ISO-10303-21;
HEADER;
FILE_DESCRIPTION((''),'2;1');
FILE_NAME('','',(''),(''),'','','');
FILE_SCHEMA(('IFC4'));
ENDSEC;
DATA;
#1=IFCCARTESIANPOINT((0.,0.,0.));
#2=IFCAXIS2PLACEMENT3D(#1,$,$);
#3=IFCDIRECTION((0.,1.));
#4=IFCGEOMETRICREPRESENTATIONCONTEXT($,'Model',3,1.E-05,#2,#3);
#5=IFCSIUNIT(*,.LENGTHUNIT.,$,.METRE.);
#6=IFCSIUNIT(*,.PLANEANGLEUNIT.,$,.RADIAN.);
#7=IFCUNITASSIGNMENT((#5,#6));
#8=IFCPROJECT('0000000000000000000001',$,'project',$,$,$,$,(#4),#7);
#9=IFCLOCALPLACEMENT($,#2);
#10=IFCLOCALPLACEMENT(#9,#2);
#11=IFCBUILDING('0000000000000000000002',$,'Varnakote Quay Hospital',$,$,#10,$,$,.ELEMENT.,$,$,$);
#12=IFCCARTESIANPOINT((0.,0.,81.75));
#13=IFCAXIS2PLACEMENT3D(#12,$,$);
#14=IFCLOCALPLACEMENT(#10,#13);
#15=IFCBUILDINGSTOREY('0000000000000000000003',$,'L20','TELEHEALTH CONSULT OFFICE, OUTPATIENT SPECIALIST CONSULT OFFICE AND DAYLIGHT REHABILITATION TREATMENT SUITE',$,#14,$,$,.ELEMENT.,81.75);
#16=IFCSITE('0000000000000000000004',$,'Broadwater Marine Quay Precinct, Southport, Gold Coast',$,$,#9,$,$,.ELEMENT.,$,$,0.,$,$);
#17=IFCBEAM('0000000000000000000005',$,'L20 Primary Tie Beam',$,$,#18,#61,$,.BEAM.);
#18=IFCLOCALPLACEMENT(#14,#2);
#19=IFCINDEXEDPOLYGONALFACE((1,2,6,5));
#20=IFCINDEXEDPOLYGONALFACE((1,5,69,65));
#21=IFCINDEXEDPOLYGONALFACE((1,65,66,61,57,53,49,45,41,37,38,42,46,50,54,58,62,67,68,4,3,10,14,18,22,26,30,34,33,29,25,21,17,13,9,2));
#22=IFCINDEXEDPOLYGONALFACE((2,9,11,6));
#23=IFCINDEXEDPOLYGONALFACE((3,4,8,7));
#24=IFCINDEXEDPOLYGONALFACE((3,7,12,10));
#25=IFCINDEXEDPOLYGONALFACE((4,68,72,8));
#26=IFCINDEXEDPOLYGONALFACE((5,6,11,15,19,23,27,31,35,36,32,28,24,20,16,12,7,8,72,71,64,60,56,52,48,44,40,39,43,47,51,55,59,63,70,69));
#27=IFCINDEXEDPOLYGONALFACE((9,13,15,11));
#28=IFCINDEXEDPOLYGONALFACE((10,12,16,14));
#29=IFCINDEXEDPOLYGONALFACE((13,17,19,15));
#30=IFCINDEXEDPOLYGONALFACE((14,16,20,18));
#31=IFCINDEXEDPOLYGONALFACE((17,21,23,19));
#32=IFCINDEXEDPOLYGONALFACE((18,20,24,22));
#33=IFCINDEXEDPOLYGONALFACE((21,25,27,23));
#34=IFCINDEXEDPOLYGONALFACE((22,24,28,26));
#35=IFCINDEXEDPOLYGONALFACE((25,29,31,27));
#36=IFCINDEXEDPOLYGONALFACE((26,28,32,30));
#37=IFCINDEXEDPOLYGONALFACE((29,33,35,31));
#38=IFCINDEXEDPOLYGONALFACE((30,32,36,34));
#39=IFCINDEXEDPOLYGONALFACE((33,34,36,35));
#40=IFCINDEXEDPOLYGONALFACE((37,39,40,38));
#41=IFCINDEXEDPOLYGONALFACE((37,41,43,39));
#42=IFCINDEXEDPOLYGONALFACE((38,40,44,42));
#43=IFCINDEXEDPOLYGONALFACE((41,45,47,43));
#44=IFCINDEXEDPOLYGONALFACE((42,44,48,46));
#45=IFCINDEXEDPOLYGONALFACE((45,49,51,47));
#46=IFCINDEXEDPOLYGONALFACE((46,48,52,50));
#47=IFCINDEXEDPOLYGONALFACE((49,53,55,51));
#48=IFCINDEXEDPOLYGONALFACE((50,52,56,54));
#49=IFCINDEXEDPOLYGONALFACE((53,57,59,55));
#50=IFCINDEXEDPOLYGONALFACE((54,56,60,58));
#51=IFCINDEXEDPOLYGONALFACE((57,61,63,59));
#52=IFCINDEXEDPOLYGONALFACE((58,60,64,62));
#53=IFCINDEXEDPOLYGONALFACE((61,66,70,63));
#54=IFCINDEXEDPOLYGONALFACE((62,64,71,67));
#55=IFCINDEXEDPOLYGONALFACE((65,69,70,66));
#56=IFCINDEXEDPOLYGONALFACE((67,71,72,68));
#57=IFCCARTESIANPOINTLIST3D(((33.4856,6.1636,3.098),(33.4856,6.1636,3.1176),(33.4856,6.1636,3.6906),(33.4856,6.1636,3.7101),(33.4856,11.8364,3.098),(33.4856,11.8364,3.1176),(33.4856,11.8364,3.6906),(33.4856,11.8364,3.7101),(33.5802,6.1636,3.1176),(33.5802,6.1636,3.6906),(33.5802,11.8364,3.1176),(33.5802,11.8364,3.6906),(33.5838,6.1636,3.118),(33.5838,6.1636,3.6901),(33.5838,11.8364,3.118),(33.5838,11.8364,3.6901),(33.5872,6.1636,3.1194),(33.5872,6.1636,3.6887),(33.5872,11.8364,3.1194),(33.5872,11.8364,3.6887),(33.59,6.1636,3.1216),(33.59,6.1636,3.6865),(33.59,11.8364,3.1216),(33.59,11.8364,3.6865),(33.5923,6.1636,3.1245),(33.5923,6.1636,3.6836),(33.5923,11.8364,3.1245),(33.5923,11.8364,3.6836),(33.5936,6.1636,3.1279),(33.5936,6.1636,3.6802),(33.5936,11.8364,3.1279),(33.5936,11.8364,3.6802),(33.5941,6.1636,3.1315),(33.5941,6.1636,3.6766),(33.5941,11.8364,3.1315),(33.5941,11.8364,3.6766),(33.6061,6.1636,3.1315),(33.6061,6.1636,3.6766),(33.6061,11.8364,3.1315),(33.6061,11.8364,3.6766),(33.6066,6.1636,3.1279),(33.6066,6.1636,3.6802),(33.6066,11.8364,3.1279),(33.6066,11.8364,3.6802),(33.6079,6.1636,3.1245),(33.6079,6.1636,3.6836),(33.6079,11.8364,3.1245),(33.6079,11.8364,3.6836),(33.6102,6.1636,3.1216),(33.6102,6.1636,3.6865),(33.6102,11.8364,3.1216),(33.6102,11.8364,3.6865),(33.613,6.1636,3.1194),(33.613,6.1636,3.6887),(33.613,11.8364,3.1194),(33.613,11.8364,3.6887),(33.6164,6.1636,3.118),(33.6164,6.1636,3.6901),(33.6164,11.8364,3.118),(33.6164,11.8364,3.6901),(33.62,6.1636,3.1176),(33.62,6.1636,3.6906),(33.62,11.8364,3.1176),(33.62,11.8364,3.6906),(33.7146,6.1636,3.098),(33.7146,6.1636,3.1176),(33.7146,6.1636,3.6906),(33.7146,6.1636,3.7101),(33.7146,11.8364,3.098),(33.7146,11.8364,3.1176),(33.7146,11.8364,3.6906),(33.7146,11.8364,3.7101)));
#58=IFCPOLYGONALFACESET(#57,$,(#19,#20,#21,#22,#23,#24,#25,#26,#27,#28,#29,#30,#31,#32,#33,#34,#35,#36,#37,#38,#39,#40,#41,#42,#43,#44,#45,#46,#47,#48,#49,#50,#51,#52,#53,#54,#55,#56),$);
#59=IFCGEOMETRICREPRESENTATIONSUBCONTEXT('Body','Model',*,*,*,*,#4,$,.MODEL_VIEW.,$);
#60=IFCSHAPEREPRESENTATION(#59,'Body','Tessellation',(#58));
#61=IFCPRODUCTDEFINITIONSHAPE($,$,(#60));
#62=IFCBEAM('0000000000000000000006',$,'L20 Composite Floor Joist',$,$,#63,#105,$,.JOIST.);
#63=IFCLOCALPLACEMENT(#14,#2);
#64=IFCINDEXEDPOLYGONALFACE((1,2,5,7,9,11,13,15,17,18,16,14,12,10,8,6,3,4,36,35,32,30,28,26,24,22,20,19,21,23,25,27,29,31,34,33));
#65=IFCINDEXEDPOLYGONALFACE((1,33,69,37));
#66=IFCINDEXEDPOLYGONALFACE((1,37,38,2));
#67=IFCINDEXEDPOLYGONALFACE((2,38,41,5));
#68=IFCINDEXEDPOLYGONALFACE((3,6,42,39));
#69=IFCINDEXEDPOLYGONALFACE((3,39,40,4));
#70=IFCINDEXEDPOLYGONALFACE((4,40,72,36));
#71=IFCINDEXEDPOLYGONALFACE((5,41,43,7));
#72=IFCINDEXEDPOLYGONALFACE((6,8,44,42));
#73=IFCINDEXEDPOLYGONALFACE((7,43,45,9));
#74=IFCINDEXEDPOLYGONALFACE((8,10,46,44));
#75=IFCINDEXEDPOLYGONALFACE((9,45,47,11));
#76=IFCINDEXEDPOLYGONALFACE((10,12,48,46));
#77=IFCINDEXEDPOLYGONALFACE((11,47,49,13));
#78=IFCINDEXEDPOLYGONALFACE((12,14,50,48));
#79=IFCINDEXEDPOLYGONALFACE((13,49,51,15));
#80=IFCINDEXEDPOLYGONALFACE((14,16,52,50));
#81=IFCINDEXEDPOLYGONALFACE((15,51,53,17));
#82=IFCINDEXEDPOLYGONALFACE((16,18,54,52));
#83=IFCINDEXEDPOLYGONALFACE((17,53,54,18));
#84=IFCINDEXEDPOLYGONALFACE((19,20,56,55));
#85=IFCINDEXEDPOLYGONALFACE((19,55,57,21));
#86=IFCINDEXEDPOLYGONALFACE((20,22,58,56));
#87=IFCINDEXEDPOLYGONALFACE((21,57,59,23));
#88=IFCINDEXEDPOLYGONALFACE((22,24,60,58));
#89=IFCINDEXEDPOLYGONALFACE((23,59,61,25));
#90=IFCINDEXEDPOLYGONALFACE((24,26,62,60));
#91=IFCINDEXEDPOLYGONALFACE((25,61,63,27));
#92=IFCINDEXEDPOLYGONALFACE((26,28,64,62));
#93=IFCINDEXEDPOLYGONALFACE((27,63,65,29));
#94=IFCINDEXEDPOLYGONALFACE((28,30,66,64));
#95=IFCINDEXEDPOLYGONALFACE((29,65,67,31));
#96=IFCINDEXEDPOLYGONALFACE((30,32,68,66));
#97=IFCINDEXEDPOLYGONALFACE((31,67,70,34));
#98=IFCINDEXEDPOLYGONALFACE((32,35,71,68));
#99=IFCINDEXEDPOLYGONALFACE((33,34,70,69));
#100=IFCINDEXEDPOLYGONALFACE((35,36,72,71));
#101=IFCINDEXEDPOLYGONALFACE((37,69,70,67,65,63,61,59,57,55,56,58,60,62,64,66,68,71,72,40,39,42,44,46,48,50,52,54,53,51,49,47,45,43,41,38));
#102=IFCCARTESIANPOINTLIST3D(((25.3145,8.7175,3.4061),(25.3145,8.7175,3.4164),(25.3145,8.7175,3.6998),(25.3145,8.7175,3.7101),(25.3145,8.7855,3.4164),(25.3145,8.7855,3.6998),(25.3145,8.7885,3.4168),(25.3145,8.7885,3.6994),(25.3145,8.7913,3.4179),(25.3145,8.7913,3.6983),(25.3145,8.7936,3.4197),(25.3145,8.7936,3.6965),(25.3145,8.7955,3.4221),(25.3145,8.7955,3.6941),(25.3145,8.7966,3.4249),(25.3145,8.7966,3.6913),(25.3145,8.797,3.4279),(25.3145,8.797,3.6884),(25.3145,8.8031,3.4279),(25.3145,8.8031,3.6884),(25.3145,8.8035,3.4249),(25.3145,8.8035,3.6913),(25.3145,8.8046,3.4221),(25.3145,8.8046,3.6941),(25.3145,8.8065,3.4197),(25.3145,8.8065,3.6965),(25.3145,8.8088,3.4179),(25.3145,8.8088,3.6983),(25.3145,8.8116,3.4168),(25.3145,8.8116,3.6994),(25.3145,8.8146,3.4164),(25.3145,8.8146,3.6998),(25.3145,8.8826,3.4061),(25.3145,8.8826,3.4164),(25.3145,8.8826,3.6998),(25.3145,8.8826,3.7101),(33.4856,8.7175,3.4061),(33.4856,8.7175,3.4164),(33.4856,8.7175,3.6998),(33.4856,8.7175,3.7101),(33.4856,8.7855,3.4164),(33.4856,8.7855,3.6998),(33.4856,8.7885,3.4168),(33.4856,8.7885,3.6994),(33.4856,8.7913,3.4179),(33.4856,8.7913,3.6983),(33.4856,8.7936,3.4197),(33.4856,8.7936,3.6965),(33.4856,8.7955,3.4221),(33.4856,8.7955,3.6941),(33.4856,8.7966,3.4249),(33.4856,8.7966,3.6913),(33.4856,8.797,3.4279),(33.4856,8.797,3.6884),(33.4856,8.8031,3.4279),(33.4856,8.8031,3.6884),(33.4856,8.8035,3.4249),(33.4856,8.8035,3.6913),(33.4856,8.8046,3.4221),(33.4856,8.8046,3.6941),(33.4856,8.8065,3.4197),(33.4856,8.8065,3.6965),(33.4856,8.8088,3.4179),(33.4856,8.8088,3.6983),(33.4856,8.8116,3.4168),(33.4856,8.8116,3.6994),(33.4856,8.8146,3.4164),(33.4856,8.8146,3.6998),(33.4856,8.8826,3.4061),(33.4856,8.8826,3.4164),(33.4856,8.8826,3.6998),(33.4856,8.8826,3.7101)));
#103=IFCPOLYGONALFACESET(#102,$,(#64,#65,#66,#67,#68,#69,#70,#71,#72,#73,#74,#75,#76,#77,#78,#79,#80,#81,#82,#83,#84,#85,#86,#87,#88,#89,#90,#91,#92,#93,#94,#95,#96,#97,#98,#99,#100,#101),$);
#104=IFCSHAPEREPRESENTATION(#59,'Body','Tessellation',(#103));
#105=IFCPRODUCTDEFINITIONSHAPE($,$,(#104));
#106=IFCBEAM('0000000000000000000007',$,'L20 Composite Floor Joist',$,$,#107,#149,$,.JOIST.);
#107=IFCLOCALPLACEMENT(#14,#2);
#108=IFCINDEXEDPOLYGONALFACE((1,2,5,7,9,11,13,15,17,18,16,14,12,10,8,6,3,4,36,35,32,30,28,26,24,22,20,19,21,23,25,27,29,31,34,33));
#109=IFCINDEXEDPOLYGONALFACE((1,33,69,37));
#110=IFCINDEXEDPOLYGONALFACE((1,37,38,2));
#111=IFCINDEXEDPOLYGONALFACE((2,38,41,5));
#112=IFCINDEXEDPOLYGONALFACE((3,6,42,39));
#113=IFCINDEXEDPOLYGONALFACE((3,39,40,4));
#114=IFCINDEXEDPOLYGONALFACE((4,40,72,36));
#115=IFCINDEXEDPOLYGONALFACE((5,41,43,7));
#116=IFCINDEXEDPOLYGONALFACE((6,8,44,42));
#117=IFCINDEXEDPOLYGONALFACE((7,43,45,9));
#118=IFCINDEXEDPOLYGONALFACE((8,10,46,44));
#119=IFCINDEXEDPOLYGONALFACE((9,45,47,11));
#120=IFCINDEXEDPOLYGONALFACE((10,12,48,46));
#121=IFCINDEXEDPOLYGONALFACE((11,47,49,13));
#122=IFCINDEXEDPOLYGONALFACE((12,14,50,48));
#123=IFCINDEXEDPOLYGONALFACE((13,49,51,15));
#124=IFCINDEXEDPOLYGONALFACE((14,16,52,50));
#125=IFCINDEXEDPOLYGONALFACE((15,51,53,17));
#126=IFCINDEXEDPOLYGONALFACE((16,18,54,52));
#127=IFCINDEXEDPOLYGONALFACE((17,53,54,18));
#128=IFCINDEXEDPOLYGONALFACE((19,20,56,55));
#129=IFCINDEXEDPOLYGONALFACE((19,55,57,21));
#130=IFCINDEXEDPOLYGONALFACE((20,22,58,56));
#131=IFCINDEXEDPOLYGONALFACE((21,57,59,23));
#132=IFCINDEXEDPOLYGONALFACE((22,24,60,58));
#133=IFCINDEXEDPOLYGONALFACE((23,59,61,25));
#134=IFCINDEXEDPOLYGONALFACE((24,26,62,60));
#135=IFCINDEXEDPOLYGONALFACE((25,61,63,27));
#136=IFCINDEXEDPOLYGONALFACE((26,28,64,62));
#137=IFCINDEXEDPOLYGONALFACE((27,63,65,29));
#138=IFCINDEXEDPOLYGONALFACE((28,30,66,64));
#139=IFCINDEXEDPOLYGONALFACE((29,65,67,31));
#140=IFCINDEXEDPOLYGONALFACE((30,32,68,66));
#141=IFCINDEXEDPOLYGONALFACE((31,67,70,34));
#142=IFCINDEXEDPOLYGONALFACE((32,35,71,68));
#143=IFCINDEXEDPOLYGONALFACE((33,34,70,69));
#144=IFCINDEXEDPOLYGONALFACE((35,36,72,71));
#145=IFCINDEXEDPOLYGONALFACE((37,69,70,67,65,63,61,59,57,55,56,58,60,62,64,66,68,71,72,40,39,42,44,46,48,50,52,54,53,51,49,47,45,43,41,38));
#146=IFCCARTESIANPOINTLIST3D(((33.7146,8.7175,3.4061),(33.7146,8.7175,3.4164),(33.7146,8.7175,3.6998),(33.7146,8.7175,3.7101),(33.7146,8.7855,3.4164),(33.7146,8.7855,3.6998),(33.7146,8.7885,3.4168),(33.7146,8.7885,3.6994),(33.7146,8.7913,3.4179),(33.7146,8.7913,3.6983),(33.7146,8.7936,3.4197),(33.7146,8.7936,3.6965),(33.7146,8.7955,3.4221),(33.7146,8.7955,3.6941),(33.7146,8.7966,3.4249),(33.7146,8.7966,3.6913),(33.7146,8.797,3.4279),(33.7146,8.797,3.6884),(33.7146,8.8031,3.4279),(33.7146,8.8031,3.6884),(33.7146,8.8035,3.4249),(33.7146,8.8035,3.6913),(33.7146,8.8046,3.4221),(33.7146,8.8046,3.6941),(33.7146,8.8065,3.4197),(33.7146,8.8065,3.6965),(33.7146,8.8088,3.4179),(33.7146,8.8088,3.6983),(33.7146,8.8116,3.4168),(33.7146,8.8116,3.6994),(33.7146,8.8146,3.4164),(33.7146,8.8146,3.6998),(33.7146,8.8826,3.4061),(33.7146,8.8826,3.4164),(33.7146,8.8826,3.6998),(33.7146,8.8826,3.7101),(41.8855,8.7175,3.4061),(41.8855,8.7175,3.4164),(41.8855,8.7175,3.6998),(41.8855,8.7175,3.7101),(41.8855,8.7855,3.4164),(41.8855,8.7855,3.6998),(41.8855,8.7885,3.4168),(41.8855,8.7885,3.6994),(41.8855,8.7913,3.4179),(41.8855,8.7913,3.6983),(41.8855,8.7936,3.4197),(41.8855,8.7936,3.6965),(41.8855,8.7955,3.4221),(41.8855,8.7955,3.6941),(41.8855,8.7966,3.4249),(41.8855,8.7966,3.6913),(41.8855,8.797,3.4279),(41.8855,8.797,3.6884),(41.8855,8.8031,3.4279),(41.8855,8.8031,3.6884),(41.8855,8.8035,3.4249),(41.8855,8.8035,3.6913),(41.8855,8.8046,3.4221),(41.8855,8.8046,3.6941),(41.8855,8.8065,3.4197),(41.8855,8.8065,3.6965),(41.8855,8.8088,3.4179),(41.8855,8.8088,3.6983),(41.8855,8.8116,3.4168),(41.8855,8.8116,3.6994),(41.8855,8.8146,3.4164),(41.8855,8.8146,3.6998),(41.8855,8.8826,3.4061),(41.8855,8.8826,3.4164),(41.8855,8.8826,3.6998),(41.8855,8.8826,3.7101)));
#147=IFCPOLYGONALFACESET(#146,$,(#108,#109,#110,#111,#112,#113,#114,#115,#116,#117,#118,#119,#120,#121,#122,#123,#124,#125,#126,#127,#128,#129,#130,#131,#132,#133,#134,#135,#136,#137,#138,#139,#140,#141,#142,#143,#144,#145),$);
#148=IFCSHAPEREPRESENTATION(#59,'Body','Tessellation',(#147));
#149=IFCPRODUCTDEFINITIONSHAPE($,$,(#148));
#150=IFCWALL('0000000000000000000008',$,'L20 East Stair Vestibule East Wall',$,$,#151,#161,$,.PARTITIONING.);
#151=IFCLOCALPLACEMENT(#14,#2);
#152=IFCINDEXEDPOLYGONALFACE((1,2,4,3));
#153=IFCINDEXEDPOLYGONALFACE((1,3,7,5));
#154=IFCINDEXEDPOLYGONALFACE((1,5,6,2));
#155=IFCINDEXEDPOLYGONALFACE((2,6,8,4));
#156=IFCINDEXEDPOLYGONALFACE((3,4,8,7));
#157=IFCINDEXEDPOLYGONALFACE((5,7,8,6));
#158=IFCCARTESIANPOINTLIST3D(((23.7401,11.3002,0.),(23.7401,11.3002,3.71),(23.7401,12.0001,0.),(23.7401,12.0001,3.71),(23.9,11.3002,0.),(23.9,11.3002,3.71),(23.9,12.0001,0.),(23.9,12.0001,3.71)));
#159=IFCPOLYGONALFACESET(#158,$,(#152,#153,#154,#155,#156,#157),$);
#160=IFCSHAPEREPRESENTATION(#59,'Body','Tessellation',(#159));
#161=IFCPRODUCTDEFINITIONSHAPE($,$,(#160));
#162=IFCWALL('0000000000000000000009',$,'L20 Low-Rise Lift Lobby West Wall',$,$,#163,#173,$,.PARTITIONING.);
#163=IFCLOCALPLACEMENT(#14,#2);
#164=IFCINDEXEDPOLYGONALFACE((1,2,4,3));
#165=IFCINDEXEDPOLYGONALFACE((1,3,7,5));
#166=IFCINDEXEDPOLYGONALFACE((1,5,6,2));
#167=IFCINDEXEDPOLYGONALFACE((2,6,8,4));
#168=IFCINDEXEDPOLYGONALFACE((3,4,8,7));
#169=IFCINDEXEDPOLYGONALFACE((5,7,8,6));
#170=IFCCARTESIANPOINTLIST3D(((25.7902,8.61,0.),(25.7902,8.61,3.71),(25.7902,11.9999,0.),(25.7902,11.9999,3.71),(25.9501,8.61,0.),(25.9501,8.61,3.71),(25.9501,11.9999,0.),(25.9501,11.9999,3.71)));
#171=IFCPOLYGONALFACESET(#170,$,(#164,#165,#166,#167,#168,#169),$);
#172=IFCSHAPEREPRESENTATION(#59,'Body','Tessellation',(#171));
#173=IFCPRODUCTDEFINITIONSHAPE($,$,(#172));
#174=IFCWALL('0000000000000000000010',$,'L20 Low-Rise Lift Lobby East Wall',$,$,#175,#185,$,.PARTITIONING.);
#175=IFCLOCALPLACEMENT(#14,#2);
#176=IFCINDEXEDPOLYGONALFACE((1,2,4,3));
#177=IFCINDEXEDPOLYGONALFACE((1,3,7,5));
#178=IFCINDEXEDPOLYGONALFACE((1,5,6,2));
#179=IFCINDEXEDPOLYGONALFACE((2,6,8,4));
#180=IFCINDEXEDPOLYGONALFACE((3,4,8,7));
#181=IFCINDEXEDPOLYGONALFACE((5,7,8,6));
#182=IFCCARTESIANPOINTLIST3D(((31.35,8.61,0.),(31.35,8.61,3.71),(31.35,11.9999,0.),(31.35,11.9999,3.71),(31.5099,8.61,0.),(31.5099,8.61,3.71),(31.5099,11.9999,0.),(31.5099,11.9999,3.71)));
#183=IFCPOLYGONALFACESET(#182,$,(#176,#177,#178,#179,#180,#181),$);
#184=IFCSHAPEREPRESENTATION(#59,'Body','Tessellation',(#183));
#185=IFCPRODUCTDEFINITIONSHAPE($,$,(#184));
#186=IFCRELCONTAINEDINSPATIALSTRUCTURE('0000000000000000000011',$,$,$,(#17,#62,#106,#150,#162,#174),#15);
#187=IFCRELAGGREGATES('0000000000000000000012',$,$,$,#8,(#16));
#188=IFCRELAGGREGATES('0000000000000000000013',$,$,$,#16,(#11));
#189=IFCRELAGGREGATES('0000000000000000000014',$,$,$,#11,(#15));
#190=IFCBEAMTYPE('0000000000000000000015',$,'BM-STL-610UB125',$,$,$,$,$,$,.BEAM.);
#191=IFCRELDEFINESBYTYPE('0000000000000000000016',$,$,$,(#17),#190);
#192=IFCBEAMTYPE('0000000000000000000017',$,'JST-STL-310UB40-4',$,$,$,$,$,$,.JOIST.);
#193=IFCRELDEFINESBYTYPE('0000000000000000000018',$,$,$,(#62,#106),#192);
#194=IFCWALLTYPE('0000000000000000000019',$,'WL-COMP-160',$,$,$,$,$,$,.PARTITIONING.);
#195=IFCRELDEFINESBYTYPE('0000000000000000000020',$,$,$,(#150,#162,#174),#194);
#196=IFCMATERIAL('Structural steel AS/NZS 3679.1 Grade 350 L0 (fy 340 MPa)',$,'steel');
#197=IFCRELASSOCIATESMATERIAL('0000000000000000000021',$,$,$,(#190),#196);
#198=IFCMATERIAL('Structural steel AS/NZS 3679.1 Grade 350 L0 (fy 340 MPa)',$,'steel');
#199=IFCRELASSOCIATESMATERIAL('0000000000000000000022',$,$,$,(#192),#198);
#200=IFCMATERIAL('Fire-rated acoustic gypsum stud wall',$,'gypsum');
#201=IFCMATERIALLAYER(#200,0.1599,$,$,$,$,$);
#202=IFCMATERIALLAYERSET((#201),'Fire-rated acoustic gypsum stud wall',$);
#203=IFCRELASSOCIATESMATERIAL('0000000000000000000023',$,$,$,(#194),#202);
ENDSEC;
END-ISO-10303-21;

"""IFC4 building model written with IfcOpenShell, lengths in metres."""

from ifc_helpers import new_model, si_unit, direction, frame, frame_2d, origin, origin_2d, place, context, subcontext, project, spatial, rectangle, i_section, extrude, material, layer, layer_set, material_profile, profile_set, type_object, element, save


model = new_model("IFC4")

# Units and contexts
model_context = context("Model", 3, precision=1e-05, world=origin(), true_north=direction((0.0, 1.0)))
body_context = subcontext(model_context, "Body", "Model", "MODEL_VIEW")
ifc_project = project(units=[si_unit("LENGTHUNIT", "METRE"), si_unit("PLANEANGLEUNIT", "RADIAN")], contexts=[model_context])

# Site, building, storey
site_placement = place(None, origin())
site = spatial("IfcSite", under=ifc_project, at=site_placement, Name="Broadwater Marine Quay Precinct, Southport, Gold Coast", CompositionType="ELEMENT", RefElevation=0.0)
building_placement = place(site_placement, origin())
building = spatial("IfcBuilding", under=site, at=building_placement, Name="Varnakote Quay Hospital", CompositionType="ELEMENT")
storey_placement = place(building_placement, frame((0.0, 0.0, 81.75)))
storey = spatial("IfcBuildingStorey", under=building, at=storey_placement, Name="L20", Description="TELEHEALTH CONSULT OFFICE, OUTPATIENT SPECIALIST CONSULT OFFICE AND DAYLIGHT REHABILITATION TREATMENT SUITE", CompositionType="ELEMENT", Elevation=81.75)

# Beams
ifc_material_1 = material(Name="Structural steel AS/NZS 3679.1 Grade 350 L0 (fy 340 MPa)", Category="steel")
ifc_material_profile_1 = material_profile(ifc_material_1, i_section(OverallWidth=0.229, OverallDepth=0.6121, WebThickness=0.012, FlangeThickness=0.0195, FilletRadius=0.0139, at=origin_2d()), Name="610UB125")
ifc_profile_set_1 = profile_set([ifc_material_profile_1], Name="Structural steel AS/NZS 3679.1 Grade 350 L0 (fy 340 MPa)")
beam_type_1 = type_object("IfcBeamType", Name="BM-STL-610UB125", PredefinedType="BEAM", material=ifc_profile_set_1)
for number, where, z_axis, x_axis, name in (
    (1, (33.6001, 6.1636, 3.4041), (0.0, 1.0, 0.0), (-1.0, 0.0, 0.0), "L20 Primary Tie Beam"),
):
    element("IfcBeam", number, at=place(storey_placement, frame(where, z_axis=z_axis, x_axis=x_axis)), inside=storey, type_object=beam_type_1, Name=name, PredefinedType="BEAM", context=body_context, shape_type="SweptSolid", body=[
        extrude(i_section(OverallWidth=0.229, OverallDepth=0.6121, WebThickness=0.012, FlangeThickness=0.0195, FilletRadius=0.0139, at=origin_2d()), origin(), (0.0, 0.0, 1.0), 5.6729),
    ])
ifc_material_2 = material(Name="Structural steel AS/NZS 3679.1 Grade 350 L0 (fy 340 MPa)", Category="steel")
ifc_material_profile_2 = material_profile(ifc_material_2, i_section(OverallWidth=0.165, OverallDepth=0.304, WebThickness=0.0061, FlangeThickness=0.0103, FilletRadius=0.0115, at=origin_2d()), Name="310UB40.4")
ifc_profile_set_2 = profile_set([ifc_material_profile_2], Name="Structural steel AS/NZS 3679.1 Grade 350 L0 (fy 340 MPa)")
beam_type_2 = type_object("IfcBeamType", Name="JST-STL-310UB40-4", PredefinedType="JOIST", material=ifc_profile_set_2)
beam_1_placement = place(storey_placement, frame((25.3145, 8.8, 3.5581), z_axis=(1.0, 0.0, 0.0), x_axis=(0.0, 1.0, 0.0)))
element("IfcBeam", 2, at=beam_1_placement, inside=storey, type_object=beam_type_2, Name="L20 Composite Floor Joist", PredefinedType="JOIST", context=body_context, shape_type="SweptSolid", body=[
    extrude(i_section(OverallWidth=0.165, OverallDepth=0.304, WebThickness=0.0061, FlangeThickness=0.0103, FilletRadius=0.0115, at=origin_2d()), origin(), (0.0, 0.0, 1.0), 8.1711),
])
beam_2_placement = place(storey_placement, frame((33.7146, 8.8, 3.5581), z_axis=(1.0, 0.0, 0.0), x_axis=(0.0, 1.0, 0.0)))
element("IfcBeam", 3, at=beam_2_placement, inside=storey, type_object=beam_type_2, Name="L20 Composite Floor Joist", PredefinedType="JOIST", context=body_context, shape_type="SweptSolid", body=[
    extrude(i_section(OverallWidth=0.165, OverallDepth=0.304, WebThickness=0.0061, FlangeThickness=0.0103, FilletRadius=0.0115, at=origin_2d()), origin(), (0.0, 0.0, 1.0), 8.1709),
])

# Walls
ifc_material_3 = material(Name="Fire-rated acoustic gypsum stud wall", Category="gypsum")
ifc_layer_1 = layer(ifc_material_3, 0.1599)
ifc_layer_set_1 = layer_set([ifc_layer_1], Name="Fire-rated acoustic gypsum stud wall")
wall_type_1 = type_object("IfcWallType", Name="WL-COMP-160", PredefinedType="PARTITIONING", material=ifc_layer_set_1)
wall_1_placement = place(storey_placement, frame((23.8201, 11.3, 0.0), z_axis=(0.0, 0.0, 1.0), x_axis=(0.0, 1.0, 0.0)))
element("IfcWall", 4, at=wall_1_placement, inside=storey, type_object=wall_type_1, Name="L20 East Stair Vestibule East Wall", PredefinedType="PARTITIONING", context=body_context, shape_type="SweptSolid", body=[
    extrude(rectangle(XDim=0.7, YDim=0.1599, at=frame_2d((0.3501, 0.0))), origin(), (0.0, 0.0, 1.0), 3.71),
])
for number, where, z_axis, x_axis, name in (
    (5, (25.8701, 8.6101, 0.0), (0.0, 0.0, 1.0), (0.0, 1.0, 0.0), "L20 Low-Rise Lift Lobby West Wall"),
    (6, (31.4299, 8.6101, 0.0), (0.0, 0.0, 1.0), (0.0, 1.0, 0.0), "L20 Low-Rise Lift Lobby East Wall"),
):
    element("IfcWall", number, at=place(storey_placement, frame(where, z_axis=z_axis, x_axis=x_axis)), inside=storey, type_object=wall_type_1, Name=name, PredefinedType="PARTITIONING", context=body_context, shape_type="SweptSolid", body=[
        extrude(rectangle(XDim=3.3899, YDim=0.1599, at=frame_2d((1.6948, 0.0))), origin(), (0.0, 0.0, 1.0), 3.71),
    ])

save(model, "model.ifc")
